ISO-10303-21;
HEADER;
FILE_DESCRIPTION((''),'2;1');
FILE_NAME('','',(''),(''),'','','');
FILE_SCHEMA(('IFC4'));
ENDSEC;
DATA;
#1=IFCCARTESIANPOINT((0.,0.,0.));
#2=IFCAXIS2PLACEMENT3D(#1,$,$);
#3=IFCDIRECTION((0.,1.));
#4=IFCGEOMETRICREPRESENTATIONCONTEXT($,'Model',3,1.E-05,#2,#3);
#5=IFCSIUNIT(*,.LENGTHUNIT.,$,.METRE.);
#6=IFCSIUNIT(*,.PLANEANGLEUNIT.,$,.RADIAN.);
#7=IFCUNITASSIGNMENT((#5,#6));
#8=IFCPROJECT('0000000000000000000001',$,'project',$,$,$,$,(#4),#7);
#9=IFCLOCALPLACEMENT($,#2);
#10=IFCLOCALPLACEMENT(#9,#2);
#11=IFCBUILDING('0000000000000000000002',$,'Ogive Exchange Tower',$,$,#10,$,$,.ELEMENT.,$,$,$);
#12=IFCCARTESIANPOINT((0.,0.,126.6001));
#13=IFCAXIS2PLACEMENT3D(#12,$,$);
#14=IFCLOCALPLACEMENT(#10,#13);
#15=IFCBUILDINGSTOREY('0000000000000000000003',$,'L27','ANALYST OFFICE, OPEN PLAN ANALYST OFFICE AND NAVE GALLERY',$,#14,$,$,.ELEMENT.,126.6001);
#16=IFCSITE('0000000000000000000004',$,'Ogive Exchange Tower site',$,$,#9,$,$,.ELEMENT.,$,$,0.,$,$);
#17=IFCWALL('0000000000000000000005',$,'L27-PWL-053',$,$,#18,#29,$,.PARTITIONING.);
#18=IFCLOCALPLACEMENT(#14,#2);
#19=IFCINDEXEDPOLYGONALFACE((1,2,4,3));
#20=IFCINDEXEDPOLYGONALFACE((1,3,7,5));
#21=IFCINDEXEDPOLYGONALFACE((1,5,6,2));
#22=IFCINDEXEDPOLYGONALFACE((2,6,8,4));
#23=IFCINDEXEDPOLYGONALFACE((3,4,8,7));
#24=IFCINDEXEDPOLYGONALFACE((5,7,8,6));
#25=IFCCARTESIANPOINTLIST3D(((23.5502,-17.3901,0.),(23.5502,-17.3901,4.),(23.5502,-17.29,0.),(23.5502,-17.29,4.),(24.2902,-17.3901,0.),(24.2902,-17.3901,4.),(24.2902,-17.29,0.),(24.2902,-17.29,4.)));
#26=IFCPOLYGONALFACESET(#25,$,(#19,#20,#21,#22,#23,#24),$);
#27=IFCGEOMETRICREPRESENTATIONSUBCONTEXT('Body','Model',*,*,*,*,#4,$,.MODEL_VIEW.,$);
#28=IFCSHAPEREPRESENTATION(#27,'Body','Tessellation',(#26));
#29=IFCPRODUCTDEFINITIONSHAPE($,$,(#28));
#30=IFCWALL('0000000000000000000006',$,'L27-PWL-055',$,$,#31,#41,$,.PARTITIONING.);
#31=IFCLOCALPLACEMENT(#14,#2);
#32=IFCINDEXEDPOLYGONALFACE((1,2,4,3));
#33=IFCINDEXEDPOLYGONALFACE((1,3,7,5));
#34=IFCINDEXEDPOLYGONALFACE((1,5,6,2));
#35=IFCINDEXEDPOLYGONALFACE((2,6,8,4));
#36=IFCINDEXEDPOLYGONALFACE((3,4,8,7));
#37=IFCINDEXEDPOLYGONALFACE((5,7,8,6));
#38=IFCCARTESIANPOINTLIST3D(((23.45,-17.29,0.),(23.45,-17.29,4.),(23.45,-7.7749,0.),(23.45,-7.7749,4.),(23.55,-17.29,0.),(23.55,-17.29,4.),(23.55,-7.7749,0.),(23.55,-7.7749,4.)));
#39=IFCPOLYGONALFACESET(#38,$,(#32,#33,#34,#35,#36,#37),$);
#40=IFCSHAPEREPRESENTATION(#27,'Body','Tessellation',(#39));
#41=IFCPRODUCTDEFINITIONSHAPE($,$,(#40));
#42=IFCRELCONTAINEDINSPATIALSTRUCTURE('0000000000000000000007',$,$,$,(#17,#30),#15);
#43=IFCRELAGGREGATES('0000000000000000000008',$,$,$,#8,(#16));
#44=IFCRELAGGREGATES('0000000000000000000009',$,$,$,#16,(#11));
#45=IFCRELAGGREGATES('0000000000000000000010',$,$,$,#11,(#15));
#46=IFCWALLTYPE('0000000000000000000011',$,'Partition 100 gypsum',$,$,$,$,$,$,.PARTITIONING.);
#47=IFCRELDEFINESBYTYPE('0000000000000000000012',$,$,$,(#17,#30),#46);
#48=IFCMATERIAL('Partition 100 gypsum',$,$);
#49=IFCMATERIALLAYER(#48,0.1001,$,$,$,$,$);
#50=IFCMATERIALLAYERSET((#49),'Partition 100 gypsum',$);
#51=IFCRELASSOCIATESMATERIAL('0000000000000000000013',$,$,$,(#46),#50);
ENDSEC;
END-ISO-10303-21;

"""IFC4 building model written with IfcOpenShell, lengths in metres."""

from ifc_helpers import new_model, si_unit, direction, frame, frame_2d, origin, place, context, subcontext, project, spatial, rectangle, extrude, material, layer, layer_set, type_object, element, save


model = new_model("IFC4")

# Units and contexts
model_context = context("Model", 3, precision=1e-05, world=origin(), true_north=direction((0.0, 1.0)))
body_context = subcontext(model_context, "Body", "Model", "MODEL_VIEW")
ifc_project = project(units=[si_unit("LENGTHUNIT", "METRE"), si_unit("PLANEANGLEUNIT", "RADIAN")], contexts=[model_context])

# Site, building, storey
site_placement = place(None, origin())
site = spatial("IfcSite", under=ifc_project, at=site_placement, Name="Ogive Exchange Tower site", CompositionType="ELEMENT", RefElevation=0.0)
building_placement = place(site_placement, origin())
building = spatial("IfcBuilding", under=site, at=building_placement, Name="Ogive Exchange Tower", CompositionType="ELEMENT")
storey_placement = place(building_placement, frame((0.0, 0.0, 126.6001)))
storey = spatial("IfcBuildingStorey", under=building, at=storey_placement, Name="L27", Description="ANALYST OFFICE, OPEN PLAN ANALYST OFFICE AND NAVE GALLERY", CompositionType="ELEMENT", Elevation=126.6001)

# Walls
ifc_material_1 = material(Name="Partition 100 gypsum")
ifc_layer_1 = layer(ifc_material_1, 0.1001)
ifc_layer_set_1 = layer_set([ifc_layer_1], Name="Partition 100 gypsum")
wall_type_1 = type_object("IfcWallType", Name="Partition 100 gypsum", PredefinedType="PARTITIONING", material=ifc_layer_set_1)
wall_1_placement = place(storey_placement, frame((23.55, -17.3401, 0.0), z_axis=(0.0, 0.0, 1.0), x_axis=(1.0, 0.0, 0.0)))
element("IfcWall", 1, at=wall_1_placement, inside=storey, type_object=wall_type_1, Name="L27-PWL-053", PredefinedType="PARTITIONING", context=body_context, shape_type="SweptSolid", body=[
    extrude(rectangle(XDim=0.74, YDim=0.1001, at=frame_2d((0.3701, 0.0))), origin(), (0.0, 0.0, 1.0), 4.0),
])
wall_2_placement = place(storey_placement, frame((23.5, -7.7749, 0.0), z_axis=(0.0, 0.0, 1.0), x_axis=(0.0, -1.0, 0.0)))
element("IfcWall", 2, at=wall_2_placement, inside=storey, type_object=wall_type_1, Name="L27-PWL-055", PredefinedType="PARTITIONING", context=body_context, shape_type="SweptSolid", body=[
    extrude(rectangle(XDim=9.5151, YDim=0.1001, at=frame_2d((4.7576, 0.0))), origin(), (0.0, 0.0, 1.0), 4.0),
])

save(model, "model.ifc")
